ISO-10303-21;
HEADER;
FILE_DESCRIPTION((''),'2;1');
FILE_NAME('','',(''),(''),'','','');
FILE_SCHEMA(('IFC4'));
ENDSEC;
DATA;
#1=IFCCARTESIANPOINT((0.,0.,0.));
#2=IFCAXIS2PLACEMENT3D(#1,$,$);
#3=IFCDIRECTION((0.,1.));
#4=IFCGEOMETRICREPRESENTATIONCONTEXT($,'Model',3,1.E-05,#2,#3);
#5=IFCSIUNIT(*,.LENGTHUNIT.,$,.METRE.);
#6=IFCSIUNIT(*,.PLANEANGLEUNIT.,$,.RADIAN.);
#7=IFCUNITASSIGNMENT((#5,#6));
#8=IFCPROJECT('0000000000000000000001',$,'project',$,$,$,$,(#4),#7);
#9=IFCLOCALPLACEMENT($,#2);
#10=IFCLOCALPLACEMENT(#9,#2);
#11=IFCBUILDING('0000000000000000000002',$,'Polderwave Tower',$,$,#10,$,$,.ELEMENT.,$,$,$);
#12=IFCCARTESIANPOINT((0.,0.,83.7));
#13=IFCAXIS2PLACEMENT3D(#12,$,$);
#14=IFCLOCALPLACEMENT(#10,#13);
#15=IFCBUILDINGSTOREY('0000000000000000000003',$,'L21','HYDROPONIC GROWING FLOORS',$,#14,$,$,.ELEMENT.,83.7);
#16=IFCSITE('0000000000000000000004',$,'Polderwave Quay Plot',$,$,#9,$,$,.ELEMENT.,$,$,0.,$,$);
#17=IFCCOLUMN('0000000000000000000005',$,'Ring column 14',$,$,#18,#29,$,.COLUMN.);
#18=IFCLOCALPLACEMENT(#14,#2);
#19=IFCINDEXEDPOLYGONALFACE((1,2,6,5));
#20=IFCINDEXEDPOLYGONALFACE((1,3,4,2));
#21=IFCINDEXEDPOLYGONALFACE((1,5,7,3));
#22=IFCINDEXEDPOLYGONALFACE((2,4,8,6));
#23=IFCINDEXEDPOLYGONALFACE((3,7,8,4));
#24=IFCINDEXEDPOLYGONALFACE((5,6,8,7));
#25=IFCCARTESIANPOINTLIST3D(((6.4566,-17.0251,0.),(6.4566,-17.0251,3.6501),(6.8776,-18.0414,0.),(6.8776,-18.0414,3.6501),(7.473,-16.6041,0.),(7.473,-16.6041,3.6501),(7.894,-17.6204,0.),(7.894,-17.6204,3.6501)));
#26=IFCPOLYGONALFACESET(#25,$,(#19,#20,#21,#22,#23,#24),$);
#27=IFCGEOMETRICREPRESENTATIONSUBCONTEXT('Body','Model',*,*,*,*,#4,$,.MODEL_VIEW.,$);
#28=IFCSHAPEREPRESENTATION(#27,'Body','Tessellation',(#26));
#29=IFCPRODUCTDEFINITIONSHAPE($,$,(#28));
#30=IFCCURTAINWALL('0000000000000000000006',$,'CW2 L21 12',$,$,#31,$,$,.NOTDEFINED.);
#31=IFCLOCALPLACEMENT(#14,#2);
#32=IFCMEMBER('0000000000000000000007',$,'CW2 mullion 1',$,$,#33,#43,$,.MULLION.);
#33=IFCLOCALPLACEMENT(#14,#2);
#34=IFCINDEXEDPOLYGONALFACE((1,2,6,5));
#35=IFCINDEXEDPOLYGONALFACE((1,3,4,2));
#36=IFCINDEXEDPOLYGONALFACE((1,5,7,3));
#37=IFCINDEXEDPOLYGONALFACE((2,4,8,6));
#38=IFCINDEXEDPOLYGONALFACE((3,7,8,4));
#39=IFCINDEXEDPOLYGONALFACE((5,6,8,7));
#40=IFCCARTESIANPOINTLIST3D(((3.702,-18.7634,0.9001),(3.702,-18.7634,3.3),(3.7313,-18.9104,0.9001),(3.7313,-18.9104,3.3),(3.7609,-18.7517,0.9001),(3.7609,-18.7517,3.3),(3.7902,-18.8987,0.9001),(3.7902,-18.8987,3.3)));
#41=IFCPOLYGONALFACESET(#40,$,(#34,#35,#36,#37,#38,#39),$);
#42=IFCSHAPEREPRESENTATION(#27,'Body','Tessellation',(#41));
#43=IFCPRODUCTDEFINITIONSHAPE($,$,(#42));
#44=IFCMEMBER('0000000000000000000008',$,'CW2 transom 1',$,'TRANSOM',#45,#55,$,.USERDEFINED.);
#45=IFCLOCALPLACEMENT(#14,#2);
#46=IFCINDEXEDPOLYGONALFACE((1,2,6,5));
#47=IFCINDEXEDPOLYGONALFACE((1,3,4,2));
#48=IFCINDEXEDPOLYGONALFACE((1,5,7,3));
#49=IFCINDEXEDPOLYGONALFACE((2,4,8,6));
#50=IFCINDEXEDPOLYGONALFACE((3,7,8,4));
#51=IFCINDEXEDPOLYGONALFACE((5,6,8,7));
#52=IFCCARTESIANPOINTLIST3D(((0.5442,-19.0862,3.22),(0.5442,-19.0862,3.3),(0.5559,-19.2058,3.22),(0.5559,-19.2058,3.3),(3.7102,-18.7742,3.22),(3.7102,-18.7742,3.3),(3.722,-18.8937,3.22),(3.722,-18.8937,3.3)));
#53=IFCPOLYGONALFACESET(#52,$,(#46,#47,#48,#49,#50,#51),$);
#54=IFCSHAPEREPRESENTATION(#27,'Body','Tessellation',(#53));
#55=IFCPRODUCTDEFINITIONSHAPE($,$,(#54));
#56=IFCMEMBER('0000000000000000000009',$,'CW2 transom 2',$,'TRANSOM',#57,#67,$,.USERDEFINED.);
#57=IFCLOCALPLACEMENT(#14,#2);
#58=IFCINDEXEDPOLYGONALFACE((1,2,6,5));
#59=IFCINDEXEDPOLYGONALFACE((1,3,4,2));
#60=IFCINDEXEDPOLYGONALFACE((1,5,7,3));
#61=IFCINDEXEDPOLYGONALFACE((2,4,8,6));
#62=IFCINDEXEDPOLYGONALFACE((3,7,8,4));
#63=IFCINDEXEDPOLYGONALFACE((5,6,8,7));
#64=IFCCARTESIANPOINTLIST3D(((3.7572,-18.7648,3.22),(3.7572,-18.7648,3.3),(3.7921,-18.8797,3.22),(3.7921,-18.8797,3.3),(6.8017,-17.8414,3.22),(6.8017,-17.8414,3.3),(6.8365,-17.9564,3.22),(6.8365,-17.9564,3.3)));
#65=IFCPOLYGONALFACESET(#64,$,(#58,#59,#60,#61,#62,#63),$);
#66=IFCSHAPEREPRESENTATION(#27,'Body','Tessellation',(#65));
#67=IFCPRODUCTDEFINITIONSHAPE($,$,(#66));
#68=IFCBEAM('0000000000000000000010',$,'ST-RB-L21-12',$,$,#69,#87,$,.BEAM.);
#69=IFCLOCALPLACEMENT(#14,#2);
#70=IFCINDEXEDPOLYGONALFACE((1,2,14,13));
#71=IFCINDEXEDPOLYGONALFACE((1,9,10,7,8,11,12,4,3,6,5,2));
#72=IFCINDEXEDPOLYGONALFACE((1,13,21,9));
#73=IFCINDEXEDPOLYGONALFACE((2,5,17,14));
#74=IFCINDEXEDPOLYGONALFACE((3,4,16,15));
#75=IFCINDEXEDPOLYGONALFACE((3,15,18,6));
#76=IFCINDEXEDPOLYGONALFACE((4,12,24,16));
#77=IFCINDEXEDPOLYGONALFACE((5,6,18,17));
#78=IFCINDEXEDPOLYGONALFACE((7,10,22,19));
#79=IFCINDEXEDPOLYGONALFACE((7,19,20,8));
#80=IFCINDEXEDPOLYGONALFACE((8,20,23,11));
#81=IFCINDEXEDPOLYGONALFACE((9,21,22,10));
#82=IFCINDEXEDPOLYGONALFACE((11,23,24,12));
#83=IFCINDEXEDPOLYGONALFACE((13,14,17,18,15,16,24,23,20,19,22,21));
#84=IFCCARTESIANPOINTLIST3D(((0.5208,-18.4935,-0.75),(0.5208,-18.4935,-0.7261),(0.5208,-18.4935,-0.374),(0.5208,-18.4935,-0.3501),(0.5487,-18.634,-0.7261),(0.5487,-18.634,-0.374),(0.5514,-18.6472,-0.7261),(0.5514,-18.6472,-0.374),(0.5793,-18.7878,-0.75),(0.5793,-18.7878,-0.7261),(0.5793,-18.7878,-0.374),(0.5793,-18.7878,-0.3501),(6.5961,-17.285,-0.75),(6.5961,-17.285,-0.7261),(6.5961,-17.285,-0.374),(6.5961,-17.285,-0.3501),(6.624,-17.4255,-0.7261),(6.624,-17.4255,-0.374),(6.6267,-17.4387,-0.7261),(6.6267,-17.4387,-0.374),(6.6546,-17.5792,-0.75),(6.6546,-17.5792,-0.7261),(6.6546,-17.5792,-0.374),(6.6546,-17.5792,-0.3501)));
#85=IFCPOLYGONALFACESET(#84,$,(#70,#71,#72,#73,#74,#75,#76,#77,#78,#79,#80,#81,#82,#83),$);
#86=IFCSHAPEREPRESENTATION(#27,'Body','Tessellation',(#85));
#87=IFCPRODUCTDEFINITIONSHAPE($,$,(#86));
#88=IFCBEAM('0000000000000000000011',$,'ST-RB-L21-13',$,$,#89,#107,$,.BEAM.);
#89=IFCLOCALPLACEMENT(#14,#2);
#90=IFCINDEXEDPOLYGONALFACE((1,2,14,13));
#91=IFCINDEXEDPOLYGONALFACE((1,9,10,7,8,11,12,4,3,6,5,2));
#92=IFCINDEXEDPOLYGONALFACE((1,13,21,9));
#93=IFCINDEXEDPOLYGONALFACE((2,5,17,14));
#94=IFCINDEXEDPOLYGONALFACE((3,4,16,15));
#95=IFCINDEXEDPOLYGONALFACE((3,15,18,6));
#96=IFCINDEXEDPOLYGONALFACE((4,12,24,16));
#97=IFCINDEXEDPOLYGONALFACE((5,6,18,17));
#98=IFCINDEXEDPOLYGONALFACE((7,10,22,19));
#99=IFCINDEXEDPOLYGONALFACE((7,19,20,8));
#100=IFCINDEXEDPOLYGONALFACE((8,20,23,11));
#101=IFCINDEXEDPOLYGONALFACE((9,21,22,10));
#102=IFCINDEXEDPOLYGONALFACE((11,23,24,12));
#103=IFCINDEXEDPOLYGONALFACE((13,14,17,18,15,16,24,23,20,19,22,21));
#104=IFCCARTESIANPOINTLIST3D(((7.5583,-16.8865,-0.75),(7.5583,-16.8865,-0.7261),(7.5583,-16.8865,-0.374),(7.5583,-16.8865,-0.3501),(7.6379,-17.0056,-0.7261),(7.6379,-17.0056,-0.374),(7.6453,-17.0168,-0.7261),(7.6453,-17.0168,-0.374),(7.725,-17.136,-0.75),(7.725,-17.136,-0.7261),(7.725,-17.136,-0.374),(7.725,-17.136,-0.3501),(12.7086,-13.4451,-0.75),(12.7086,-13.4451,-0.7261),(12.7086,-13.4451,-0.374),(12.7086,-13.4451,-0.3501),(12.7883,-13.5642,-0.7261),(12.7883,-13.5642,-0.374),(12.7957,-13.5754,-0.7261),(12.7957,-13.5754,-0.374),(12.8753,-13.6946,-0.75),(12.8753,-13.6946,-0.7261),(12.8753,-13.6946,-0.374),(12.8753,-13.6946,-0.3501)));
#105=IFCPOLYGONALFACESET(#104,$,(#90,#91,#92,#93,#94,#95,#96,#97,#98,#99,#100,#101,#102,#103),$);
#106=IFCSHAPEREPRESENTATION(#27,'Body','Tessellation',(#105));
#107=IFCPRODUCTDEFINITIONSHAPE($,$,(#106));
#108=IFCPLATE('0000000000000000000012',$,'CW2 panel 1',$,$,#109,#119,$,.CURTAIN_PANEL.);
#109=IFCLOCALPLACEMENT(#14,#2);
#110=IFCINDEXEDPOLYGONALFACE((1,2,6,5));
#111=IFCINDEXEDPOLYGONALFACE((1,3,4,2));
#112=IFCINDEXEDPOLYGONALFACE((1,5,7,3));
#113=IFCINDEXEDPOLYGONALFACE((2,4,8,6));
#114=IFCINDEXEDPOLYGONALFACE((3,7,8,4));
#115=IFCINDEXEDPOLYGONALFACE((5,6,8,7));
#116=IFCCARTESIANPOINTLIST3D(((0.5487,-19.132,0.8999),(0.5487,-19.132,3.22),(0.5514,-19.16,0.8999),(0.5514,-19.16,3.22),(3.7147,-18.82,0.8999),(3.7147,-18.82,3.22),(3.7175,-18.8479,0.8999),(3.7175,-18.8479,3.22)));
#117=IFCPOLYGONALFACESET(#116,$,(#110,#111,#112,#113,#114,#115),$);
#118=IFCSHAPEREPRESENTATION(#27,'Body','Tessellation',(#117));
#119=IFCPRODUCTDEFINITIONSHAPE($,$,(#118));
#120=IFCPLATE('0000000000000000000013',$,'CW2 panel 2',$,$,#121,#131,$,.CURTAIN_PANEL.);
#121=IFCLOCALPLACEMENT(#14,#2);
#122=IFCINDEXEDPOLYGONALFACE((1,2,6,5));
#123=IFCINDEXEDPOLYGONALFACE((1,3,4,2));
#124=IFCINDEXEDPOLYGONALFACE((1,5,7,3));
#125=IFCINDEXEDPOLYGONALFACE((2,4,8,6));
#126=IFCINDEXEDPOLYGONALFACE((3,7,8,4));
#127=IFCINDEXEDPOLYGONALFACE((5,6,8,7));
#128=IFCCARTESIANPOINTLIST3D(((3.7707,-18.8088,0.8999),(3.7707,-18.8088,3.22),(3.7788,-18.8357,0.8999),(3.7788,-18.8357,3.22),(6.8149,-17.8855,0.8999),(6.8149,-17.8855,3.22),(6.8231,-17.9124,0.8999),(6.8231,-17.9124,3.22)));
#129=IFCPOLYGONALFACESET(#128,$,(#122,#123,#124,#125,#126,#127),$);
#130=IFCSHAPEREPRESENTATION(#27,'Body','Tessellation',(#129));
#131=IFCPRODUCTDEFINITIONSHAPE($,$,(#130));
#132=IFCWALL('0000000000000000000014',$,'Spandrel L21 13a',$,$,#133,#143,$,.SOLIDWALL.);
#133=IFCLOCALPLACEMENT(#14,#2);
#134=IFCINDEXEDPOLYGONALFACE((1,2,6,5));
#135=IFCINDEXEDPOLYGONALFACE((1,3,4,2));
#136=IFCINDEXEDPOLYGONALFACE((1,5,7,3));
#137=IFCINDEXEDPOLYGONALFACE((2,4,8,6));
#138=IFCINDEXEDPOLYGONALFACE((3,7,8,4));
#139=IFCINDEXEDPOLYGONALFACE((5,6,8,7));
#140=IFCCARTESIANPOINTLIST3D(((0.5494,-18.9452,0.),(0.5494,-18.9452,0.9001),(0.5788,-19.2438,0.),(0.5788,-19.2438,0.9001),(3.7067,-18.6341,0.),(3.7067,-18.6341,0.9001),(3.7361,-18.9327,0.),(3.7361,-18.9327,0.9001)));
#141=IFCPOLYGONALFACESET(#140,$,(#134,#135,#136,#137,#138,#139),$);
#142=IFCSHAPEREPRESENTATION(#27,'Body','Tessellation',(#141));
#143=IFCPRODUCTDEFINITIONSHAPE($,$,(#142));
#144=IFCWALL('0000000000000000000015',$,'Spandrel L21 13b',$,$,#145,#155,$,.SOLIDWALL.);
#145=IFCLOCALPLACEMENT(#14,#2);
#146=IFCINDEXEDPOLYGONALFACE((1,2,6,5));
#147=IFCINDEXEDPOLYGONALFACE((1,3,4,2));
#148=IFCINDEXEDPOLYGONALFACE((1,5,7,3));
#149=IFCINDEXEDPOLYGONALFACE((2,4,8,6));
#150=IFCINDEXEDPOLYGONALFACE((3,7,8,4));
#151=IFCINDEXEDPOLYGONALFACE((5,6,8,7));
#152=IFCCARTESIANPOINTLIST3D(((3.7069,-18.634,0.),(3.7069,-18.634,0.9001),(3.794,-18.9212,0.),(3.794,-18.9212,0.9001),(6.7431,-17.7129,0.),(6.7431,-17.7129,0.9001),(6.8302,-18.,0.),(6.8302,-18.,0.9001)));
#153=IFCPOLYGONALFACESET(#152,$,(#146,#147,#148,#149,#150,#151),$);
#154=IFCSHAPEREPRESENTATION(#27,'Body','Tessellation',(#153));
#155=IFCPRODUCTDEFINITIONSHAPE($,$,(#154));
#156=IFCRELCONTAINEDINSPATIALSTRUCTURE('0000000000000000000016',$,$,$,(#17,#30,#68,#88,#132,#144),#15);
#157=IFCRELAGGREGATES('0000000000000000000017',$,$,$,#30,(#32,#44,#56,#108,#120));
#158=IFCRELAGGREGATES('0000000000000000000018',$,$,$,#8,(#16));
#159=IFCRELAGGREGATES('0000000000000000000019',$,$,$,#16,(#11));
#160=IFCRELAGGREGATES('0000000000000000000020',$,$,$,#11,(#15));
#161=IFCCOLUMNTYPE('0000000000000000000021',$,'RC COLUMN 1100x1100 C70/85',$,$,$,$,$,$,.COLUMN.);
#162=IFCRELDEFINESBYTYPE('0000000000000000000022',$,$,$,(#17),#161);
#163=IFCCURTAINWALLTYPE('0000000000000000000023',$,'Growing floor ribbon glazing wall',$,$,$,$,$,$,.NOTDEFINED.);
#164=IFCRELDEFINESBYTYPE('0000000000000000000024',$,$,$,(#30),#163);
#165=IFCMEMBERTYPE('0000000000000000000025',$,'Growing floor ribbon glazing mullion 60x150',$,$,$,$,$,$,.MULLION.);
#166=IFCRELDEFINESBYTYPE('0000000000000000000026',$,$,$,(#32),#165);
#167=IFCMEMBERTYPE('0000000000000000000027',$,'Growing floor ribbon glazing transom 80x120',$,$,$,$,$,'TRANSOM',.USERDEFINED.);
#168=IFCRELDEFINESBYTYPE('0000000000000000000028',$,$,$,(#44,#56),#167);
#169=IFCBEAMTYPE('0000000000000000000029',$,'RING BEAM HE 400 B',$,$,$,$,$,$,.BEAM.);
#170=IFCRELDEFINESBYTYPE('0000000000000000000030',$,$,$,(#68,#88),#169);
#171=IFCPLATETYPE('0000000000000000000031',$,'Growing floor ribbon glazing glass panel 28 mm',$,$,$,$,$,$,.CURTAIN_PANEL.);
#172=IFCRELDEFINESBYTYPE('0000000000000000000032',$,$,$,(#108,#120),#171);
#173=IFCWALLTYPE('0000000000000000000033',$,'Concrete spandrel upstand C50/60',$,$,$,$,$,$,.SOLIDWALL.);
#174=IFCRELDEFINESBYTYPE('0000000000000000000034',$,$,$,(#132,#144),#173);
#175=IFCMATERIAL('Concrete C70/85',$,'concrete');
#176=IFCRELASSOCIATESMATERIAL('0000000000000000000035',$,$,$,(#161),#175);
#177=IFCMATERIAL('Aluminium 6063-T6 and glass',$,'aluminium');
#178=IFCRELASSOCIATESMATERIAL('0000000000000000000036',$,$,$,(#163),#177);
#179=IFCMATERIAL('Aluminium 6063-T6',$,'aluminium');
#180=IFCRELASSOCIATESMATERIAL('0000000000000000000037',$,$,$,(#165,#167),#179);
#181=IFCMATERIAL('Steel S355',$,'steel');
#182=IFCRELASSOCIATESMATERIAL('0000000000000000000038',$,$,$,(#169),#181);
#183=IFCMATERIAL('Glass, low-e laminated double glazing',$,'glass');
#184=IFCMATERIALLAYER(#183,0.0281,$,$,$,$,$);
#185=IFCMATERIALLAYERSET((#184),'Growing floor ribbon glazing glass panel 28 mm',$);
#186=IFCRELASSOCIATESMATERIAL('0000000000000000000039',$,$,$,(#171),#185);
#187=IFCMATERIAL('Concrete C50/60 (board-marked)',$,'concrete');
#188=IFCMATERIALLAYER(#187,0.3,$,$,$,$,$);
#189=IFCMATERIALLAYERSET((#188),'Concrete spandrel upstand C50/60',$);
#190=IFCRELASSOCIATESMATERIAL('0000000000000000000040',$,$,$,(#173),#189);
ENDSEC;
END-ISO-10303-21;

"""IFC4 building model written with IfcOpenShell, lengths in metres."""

from ifc_helpers import new_model, si_unit, direction, frame, frame_2d, origin, origin_2d, place, context, subcontext, project, spatial, rectangle, i_section, extrude, material, layer, layer_set, material_profile, profile_set, type_object, element, aggregate, save


model = new_model("IFC4")

# Units and contexts
model_context = context("Model", 3, precision=1e-05, world=origin(), true_north=direction((0.0, 1.0)))
body_context = subcontext(model_context, "Body", "Model", "MODEL_VIEW")
ifc_project = project(units=[si_unit("LENGTHUNIT", "METRE"), si_unit("PLANEANGLEUNIT", "RADIAN")], contexts=[model_context])

# Site, building, storey
site_placement = place(None, origin())
site = spatial("IfcSite", under=ifc_project, at=site_placement, Name="Polderwave Quay Plot", CompositionType="ELEMENT", RefElevation=0.0)
building_placement = place(site_placement, origin())
building = spatial("IfcBuilding", under=site, at=building_placement, Name="Polderwave Tower", CompositionType="ELEMENT")
storey_placement = place(building_placement, frame((0.0, 0.0, 83.7)))
storey = spatial("IfcBuildingStorey", under=building, at=storey_placement, Name="L21", Description="HYDROPONIC GROWING FLOORS", CompositionType="ELEMENT", Elevation=83.7)

# Column
ifc_material_1 = material(Name="Concrete C70/85", Category="concrete")
ifc_material_profile_1 = material_profile(ifc_material_1, rectangle(XDim=1.1001, YDim=1.1001, at=origin_2d()), Name="RC 1100x1100")
ifc_profile_set_1 = profile_set([ifc_material_profile_1], Name="Concrete C70/85")
column_type = type_object("IfcColumnType", Name="RC COLUMN 1100x1100 C70/85", PredefinedType="COLUMN", material=ifc_profile_set_1)
column_placement = place(storey_placement, frame((7.1753, -17.3228, 0.0), z_axis=(0.0, 0.0, 1.0), x_axis=(0.382683, -0.92388, 0.0)))
element("IfcColumn", 1, at=column_placement, inside=storey, type_object=column_type, Name="Ring column 14", PredefinedType="COLUMN", context=body_context, shape_type="SweptSolid", body=[
    extrude(rectangle(XDim=1.1001, YDim=1.1001, at=origin_2d()), origin(), (0.0, 0.0, 1.0), 3.6501),
])

# Curtain wall, members
ifc_material_2 = material(Name="Aluminium 6063-T6 and glass", Category="aluminium")
curtain_wall_type = type_object("IfcCurtainWallType", Name="Growing floor ribbon glazing wall", PredefinedType="NOTDEFINED", material=ifc_material_2)
curtain_wall_placement = place(storey_placement, origin())
curtain_wall = element("IfcCurtainWall", 2, at=curtain_wall_placement, inside=storey, type_object=curtain_wall_type, Name="CW2 L21 12", PredefinedType="NOTDEFINED")
ifc_material_3 = material(Name="Aluminium 6063-T6", Category="aluminium")
ifc_material_profile_2 = material_profile(ifc_material_3, rectangle(XDim=0.1499, YDim=0.0601, at=origin_2d()), Name="AL 60x150")
ifc_profile_set_2 = profile_set([ifc_material_profile_2], Name="Aluminium 6063-T6")
member_type_1 = type_object("IfcMemberType", Name="Growing floor ribbon glazing mullion 60x150", PredefinedType="MULLION", material=ifc_profile_set_2)
member_1_placement = place(storey_placement, frame((3.7461, -18.8311, 0.9001), z_axis=(0.0, 0.0, 1.0), x_axis=(-0.195097, 0.980784, 0.0)))
member_1 = element("IfcMember", 3, at=member_1_placement, type_object=member_type_1, Name="CW2 mullion 1", PredefinedType="MULLION", context=body_context, shape_type="SweptSolid", body=[
    extrude(rectangle(XDim=0.1499, YDim=0.0601, at=origin_2d()), origin(), (0.0, 0.0, 1.0), 2.3999),
])
ifc_material_profile_3 = material_profile(ifc_material_3, rectangle(XDim=0.1201, YDim=0.0801, at=origin_2d()), Name="AL 80x120")
ifc_profile_set_3 = profile_set([ifc_material_profile_3], Name="Aluminium 6063-T6")
member_type_2 = type_object("IfcMemberType", Name="Growing floor ribbon glazing transom 80x120", ElementType="TRANSOM", PredefinedType="USERDEFINED", material=ifc_profile_set_3)
member_2_placement = place(storey_placement, frame((0.55, -19.146, 3.26), z_axis=(0.995179, 0.098075, 0.0), x_axis=(-0.098075, 0.995179, 0.0)))
member_2 = element("IfcMember", 4, at=member_2_placement, type_object=member_type_2, Name="CW2 transom 1", ObjectType="TRANSOM", PredefinedType="USERDEFINED", context=body_context, shape_type="SweptSolid", body=[
    extrude(rectangle(XDim=0.1201, YDim=0.0801, at=origin_2d()), origin(), (0.0, 0.0, 1.0), 3.1814),
])
member_3_placement = place(storey_placement, frame((3.7747, -18.8223, 3.26), z_axis=(0.956956, 0.290233, 0.0), x_axis=(-0.290233, 0.956956, 0.0)))
member_3 = element("IfcMember", 5, at=member_3_placement, type_object=member_type_2, Name="CW2 transom 2", ObjectType="TRANSOM", PredefinedType="USERDEFINED", context=body_context, shape_type="SweptSolid", body=[
    extrude(rectangle(XDim=0.1201, YDim=0.0801, at=origin_2d()), origin(), (0.0, 0.0, 1.0), 3.1814),
])

# Beams
ifc_material_4 = material(Name="Steel S355", Category="steel")
ifc_material_profile_4 = material_profile(ifc_material_4, i_section(OverallWidth=0.3, OverallDepth=0.3999, WebThickness=0.0134, FlangeThickness=0.0239, at=origin_2d()), Name="HE 400 B")
ifc_profile_set_4 = profile_set([ifc_material_profile_4], Name="Steel S355")
beam_type = type_object("IfcBeamType", Name="RING BEAM HE 400 B", PredefinedType="BEAM", material=ifc_profile_set_4)
for number, where, z_axis, x_axis, name in (
    (6, (0.55, -18.6406, -0.55), (0.980783, 0.1951, 0.0), (-0.1951, 0.980783, 0.0), "ST-RB-L21-12"),
    (7, (7.6416, -17.0112, -0.55), (0.831468, 0.555573, 0.0), (-0.555573, 0.831468, 0.0), "ST-RB-L21-13"),
):
    element("IfcBeam", number, at=place(storey_placement, frame(where, z_axis=z_axis, x_axis=x_axis)), inside=storey, type_object=beam_type, Name=name, PredefinedType="BEAM", context=body_context, shape_type="SweptSolid", body=[
        extrude(i_section(OverallWidth=0.3, OverallDepth=0.3999, WebThickness=0.0134, FlangeThickness=0.0239, at=origin_2d()), origin(), (0.0, 0.0, 1.0), 6.1943),
    ])

# Plates
ifc_material_5 = material(Name="Glass, low-e laminated double glazing", Category="glass")
ifc_layer_1 = layer(ifc_material_5, 0.0281)
ifc_layer_set_1 = layer_set([ifc_layer_1], Name="Growing floor ribbon glazing glass panel 28 mm")
plate_type = type_object("IfcPlateType", Name="Growing floor ribbon glazing glass panel 28 mm", PredefinedType="CURTAIN_PANEL", material=ifc_layer_set_1)
plate_1_placement = place(storey_placement, frame((2.1331, -18.99, 0.8999), z_axis=(0.0, 0.0, 1.0), x_axis=(0.995178, 0.098085, 0.0)))
plate_1 = element("IfcPlate", 8, at=plate_1_placement, type_object=plate_type, Name="CW2 panel 1", PredefinedType="CURTAIN_PANEL", context=body_context, shape_type="SweptSolid", body=[
    extrude(rectangle(XDim=3.1814, YDim=0.0281, at=origin_2d()), origin(), (0.0, 0.0, 1.0), 2.3201),
])
plate_2_placement = place(storey_placement, frame((5.2969, -18.3606, 0.8999), z_axis=(0.0, 0.0, 1.0), x_axis=(0.956956, 0.290233, 0.0)))
plate_2 = element("IfcPlate", 9, at=plate_2_placement, type_object=plate_type, Name="CW2 panel 2", PredefinedType="CURTAIN_PANEL", context=body_context, shape_type="SweptSolid", body=[
    extrude(rectangle(XDim=3.1812, YDim=0.0281, at=origin_2d()), origin(), (0.0, 0.0, 1.0), 2.3201),
])
aggregate(curtain_wall, [member_1, member_2, member_3, plate_1, plate_2])

# Walls
ifc_material_6 = material(Name="Concrete C50/60 (board-marked)", Category="concrete")
ifc_layer_2 = layer(ifc_material_6, 0.3)
ifc_layer_set_2 = layer_set([ifc_layer_2], Name="Concrete spandrel upstand C50/60")
wall_type_1 = type_object("IfcWallType", Name="Concrete spandrel upstand C50/60", PredefinedType="SOLIDWALL", material=ifc_layer_set_2)
wall_1_placement = place(storey_placement, frame((0.564, -19.0945, 0.0), z_axis=(0.0, 0.0, 1.0), x_axis=(0.995182, 0.098041, 0.0)))
element("IfcWall", 10, at=wall_1_placement, inside=storey, type_object=wall_type_1, Name="Spandrel L21 13a", PredefinedType="SOLIDWALL", context=body_context, shape_type="SweptSolid", body=[
    extrude(rectangle(XDim=3.1726, YDim=0.3, at=frame_2d((1.5864, 0.0))), origin(), (0.0, 0.0, 1.0), 0.9001),
])
wall_2_placement = place(storey_placement, frame((3.7505, -18.7776, 0.0), z_axis=(0.0, 0.0, 1.0), x_axis=(0.956928, 0.290326, 0.0)))
element("IfcWall", 11, at=wall_2_placement, inside=storey, type_object=wall_type_1, Name="Spandrel L21 13b", PredefinedType="SOLIDWALL", context=body_context, shape_type="SweptSolid", body=[
    extrude(rectangle(XDim=3.1729, YDim=0.3, at=frame_2d((1.5864, 0.0))), origin(), (0.0, 0.0, 1.0), 0.9001),
])

save(model, "model.ifc")
